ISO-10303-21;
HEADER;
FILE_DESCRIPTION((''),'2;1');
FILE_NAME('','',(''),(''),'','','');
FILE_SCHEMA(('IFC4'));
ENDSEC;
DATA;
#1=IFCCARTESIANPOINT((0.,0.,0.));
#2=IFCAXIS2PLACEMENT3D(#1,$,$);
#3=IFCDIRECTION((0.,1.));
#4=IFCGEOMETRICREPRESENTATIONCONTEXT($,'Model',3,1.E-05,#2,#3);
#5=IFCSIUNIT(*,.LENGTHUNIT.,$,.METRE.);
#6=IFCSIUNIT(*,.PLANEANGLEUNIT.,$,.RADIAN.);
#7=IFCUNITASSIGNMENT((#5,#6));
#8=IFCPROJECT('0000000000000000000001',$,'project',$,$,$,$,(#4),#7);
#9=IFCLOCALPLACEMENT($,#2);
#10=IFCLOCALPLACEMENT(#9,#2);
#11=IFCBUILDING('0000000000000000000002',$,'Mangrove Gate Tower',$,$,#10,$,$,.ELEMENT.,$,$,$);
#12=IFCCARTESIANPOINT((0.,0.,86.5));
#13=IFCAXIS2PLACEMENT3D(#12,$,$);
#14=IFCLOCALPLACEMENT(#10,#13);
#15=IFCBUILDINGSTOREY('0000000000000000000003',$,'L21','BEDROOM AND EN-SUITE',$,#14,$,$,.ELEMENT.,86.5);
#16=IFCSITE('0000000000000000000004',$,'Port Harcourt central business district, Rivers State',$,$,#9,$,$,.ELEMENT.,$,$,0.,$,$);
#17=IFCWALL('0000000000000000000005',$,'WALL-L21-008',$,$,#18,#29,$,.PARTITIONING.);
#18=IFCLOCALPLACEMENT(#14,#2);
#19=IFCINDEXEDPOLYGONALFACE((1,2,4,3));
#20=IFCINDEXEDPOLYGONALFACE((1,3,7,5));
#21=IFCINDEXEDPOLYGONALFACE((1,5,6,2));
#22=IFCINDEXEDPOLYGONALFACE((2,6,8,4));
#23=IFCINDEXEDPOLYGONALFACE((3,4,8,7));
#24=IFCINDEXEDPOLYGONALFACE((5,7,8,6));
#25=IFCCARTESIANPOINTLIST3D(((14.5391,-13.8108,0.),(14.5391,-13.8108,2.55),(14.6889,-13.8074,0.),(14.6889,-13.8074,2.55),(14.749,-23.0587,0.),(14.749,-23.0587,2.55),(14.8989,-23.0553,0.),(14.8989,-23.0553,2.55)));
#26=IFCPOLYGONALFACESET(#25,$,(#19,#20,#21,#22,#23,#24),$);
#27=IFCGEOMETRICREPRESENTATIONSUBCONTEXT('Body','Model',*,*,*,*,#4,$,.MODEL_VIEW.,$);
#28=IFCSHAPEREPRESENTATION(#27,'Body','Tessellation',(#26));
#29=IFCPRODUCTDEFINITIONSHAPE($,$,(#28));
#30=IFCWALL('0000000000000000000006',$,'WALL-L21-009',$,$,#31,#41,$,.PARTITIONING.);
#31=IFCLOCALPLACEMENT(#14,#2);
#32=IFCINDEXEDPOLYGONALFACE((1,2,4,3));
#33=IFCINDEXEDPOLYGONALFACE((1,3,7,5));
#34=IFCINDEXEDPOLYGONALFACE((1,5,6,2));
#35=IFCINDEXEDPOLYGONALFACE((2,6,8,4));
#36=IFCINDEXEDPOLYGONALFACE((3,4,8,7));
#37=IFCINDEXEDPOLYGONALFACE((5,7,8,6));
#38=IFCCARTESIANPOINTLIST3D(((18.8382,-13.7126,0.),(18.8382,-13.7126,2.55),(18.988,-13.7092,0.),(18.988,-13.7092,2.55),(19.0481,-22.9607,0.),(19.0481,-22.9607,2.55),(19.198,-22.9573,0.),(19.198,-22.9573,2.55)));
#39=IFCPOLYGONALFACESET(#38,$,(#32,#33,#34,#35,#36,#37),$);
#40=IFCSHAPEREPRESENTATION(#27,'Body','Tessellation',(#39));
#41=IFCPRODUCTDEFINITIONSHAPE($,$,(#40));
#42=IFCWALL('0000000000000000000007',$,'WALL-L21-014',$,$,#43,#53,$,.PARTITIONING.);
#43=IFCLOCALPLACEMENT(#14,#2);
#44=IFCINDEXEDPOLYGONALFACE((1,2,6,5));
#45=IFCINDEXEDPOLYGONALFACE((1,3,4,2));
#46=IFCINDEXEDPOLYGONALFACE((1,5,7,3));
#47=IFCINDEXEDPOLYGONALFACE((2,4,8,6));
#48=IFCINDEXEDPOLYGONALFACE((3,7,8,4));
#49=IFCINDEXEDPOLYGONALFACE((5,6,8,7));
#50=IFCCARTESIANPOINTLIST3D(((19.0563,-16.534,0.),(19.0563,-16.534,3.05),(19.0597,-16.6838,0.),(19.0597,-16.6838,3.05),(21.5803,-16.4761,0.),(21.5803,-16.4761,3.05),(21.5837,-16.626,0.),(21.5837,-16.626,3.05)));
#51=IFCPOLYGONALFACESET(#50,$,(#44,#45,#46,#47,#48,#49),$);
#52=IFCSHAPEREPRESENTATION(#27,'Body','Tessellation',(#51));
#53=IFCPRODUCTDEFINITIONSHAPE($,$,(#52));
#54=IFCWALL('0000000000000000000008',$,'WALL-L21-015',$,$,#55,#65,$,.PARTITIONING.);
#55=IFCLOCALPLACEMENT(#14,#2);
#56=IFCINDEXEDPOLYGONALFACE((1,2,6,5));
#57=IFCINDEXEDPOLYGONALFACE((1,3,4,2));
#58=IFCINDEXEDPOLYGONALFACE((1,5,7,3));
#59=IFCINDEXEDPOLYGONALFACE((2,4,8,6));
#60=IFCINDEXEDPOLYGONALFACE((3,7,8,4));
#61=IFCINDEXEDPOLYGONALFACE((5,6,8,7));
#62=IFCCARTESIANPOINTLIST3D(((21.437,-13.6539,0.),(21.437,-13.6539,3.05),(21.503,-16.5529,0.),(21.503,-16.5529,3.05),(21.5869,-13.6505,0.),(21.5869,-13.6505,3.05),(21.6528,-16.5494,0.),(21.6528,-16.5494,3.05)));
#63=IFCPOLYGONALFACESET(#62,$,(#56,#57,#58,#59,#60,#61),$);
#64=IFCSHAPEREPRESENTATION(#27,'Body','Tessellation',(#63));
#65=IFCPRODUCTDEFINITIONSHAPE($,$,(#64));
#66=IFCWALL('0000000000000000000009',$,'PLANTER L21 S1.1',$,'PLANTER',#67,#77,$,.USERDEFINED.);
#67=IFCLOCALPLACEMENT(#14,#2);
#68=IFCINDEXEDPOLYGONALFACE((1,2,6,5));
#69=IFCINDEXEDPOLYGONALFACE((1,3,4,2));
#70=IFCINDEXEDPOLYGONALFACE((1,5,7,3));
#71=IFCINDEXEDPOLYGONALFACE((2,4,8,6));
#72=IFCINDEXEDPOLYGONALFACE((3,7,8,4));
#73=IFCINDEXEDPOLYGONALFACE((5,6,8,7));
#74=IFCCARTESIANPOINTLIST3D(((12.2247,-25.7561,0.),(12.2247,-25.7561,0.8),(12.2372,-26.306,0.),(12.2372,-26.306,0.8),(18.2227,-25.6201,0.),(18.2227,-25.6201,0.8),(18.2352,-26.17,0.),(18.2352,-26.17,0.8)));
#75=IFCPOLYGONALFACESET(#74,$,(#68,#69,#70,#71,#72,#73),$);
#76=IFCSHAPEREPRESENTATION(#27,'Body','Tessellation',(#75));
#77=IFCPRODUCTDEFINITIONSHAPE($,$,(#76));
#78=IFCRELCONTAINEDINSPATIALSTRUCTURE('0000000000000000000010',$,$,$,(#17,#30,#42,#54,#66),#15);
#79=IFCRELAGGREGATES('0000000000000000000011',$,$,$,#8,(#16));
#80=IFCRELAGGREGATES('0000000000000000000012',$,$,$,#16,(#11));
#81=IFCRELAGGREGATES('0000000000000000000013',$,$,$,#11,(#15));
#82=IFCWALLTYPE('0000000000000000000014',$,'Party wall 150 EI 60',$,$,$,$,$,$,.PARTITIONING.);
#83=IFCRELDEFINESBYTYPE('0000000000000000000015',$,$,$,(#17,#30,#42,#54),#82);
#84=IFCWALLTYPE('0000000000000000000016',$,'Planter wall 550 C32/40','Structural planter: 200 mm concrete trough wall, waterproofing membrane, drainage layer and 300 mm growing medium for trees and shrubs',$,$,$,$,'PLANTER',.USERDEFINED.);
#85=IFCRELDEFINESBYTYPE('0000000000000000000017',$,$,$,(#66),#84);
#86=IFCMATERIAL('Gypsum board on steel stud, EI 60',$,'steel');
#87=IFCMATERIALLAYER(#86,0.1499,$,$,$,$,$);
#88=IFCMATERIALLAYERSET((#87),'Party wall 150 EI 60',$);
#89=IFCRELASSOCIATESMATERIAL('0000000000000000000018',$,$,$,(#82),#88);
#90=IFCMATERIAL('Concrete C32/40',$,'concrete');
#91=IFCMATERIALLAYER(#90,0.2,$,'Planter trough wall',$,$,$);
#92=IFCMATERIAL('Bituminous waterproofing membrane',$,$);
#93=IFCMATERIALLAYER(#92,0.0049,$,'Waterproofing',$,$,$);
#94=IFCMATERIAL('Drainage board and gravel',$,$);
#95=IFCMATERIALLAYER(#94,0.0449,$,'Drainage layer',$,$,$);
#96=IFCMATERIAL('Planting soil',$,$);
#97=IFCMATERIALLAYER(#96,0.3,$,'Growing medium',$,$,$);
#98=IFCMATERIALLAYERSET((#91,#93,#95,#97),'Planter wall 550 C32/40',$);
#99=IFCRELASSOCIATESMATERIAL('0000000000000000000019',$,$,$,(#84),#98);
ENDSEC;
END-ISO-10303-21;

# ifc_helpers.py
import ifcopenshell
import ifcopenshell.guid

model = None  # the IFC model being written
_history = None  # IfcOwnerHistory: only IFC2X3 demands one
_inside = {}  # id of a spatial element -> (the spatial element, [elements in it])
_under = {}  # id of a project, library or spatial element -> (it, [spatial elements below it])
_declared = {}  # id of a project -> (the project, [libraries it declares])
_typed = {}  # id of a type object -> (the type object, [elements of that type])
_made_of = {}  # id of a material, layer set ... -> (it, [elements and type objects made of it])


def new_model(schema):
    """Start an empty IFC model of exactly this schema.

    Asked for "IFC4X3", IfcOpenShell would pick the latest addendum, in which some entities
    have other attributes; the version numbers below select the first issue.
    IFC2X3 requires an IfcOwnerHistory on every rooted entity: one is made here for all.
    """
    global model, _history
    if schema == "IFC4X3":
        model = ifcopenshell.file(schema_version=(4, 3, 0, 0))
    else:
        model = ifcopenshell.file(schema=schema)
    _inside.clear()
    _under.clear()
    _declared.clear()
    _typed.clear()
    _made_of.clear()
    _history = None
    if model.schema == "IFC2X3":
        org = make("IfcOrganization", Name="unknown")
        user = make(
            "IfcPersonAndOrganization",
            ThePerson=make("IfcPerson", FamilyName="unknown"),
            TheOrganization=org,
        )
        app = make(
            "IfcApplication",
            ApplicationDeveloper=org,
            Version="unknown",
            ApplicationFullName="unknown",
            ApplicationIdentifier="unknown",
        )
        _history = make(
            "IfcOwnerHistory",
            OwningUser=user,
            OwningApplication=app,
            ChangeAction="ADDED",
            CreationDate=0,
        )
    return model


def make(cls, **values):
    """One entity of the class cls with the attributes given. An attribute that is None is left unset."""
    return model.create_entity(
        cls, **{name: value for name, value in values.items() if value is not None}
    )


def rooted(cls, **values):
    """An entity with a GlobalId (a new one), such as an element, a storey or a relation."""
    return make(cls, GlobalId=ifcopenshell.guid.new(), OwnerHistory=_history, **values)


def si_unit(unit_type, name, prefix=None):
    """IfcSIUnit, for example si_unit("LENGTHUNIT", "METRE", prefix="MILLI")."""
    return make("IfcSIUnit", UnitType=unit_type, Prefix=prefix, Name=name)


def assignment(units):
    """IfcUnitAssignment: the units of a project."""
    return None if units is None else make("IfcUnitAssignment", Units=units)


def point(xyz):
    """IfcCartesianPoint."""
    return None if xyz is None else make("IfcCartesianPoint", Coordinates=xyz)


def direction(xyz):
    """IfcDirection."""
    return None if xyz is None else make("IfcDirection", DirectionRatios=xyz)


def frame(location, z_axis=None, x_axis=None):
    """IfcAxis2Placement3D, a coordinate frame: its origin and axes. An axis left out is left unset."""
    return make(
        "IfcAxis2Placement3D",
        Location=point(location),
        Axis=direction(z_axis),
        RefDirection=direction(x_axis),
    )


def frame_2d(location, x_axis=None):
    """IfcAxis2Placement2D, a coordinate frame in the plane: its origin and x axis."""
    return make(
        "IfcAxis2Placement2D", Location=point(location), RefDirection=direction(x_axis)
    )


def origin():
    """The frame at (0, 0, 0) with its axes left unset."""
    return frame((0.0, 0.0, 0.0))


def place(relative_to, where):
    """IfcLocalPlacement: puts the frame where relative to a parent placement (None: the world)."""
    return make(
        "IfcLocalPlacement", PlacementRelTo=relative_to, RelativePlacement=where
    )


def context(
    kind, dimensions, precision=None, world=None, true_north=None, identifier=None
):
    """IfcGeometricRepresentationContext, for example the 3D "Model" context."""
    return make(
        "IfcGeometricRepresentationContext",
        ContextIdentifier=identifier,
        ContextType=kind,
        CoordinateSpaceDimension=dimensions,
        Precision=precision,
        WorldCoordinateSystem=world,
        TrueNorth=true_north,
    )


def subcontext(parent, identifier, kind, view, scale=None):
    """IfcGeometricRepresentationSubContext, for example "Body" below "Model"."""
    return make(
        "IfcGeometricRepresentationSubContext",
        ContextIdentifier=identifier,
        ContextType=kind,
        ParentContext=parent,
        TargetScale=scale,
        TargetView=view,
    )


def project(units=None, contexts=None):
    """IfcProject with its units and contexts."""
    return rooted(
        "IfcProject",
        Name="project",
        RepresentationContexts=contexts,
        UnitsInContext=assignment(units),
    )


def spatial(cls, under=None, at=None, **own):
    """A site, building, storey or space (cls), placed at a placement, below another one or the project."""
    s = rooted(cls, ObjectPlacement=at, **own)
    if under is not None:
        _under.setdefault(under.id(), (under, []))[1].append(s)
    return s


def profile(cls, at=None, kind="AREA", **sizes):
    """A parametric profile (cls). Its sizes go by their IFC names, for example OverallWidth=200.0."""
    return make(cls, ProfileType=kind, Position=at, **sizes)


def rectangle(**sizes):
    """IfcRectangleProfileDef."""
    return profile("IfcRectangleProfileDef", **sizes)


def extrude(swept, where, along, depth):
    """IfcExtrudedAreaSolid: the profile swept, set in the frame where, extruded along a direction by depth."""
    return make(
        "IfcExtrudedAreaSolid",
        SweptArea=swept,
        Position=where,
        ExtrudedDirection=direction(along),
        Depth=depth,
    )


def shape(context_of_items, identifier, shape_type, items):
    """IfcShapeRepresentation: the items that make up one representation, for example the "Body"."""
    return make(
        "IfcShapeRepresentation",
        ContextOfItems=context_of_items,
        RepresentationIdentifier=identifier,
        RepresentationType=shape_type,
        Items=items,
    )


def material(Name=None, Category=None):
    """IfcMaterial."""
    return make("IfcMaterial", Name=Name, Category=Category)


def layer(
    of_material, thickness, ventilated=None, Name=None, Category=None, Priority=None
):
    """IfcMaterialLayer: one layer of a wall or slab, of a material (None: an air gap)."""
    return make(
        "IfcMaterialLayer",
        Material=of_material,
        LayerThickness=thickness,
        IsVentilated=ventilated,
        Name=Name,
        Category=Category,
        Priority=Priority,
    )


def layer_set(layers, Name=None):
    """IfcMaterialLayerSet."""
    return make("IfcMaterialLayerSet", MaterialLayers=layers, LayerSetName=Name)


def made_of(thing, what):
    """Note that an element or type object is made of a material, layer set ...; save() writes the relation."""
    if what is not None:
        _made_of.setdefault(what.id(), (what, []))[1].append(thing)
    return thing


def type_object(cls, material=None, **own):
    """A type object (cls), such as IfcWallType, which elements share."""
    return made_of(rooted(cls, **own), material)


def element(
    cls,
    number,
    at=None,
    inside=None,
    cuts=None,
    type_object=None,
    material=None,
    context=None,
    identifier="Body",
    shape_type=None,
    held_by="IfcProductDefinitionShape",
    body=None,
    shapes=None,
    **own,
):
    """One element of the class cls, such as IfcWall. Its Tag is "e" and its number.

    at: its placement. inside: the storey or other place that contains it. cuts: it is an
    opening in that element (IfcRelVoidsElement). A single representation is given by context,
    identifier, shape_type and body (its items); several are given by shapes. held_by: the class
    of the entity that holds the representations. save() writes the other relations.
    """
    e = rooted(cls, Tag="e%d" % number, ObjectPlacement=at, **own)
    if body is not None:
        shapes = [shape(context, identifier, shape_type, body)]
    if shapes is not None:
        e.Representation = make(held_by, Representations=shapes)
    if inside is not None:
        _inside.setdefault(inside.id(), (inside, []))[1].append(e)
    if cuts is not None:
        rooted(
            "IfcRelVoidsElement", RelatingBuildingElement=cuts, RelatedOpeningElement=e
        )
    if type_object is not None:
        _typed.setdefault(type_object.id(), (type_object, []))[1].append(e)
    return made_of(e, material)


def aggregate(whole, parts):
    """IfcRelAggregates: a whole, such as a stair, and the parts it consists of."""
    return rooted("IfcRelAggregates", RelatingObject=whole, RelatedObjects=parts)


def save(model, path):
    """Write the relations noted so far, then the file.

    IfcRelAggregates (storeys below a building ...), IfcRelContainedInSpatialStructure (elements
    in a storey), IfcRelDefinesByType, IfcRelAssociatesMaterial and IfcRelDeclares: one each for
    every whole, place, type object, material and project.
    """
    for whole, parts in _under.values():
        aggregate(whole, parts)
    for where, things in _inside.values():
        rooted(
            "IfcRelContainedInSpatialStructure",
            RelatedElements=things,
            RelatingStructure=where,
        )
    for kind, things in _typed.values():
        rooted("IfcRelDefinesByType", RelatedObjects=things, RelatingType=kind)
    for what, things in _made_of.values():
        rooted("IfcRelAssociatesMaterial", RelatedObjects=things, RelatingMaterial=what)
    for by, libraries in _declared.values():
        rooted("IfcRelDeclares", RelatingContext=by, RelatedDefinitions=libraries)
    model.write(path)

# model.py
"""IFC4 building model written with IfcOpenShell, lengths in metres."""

from ifc_helpers import new_model, si_unit, direction, frame, frame_2d, origin, place, context, subcontext, project, spatial, rectangle, extrude, material, layer, layer_set, type_object, element, save


model = new_model("IFC4")

# Units and contexts
model_context = context("Model", 3, precision=1e-05, world=origin(), true_north=direction((0.0, 1.0)))
body_context = subcontext(model_context, "Body", "Model", "MODEL_VIEW")
ifc_project = project(units=[si_unit("LENGTHUNIT", "METRE"), si_unit("PLANEANGLEUNIT", "RADIAN")], contexts=[model_context])

# Site, building, storey
site_placement = place(None, origin())
site = spatial("IfcSite", under=ifc_project, at=site_placement, Name="Port Harcourt central business district, Rivers State", CompositionType="ELEMENT", RefElevation=0.0)
building_placement = place(site_placement, origin())
building = spatial("IfcBuilding", under=site, at=building_placement, Name="Mangrove Gate Tower", CompositionType="ELEMENT")
storey_placement = place(building_placement, frame((0.0, 0.0, 86.5)))
storey = spatial("IfcBuildingStorey", under=building, at=storey_placement, Name="L21", Description="BEDROOM AND EN-SUITE", CompositionType="ELEMENT", Elevation=86.5)

# Walls
ifc_material_1 = material(Name="Gypsum board on steel stud, EI 60", Category="steel")
ifc_layer_1 = layer(ifc_material_1, 0.1499)
ifc_layer_set_1 = layer_set([ifc_layer_1], Name="Party wall 150 EI 60")
wall_type_1 = type_object("IfcWallType", Name="Party wall 150 EI 60", PredefinedType="PARTITIONING", material=ifc_layer_set_1)
wall_1_placement = place(storey_placement, frame((14.824, -23.0569, 0.0), z_axis=(0.0, 0.0, 1.0), x_axis=(-0.022698, 0.999742, 0.0)))
element("IfcWall", 1, at=wall_1_placement, inside=storey, type_object=wall_type_1, Name="WALL-L21-008", PredefinedType="PARTITIONING", context=body_context, shape_type="SweptSolid", body=[
    extrude(rectangle(XDim=9.2502, YDim=0.1499, at=frame_2d((4.625, 0.0))), origin(), (0.0, 0.0, 1.0), 2.55),
])
wall_2_placement = place(storey_placement, frame((19.123, -22.959, 0.0), z_axis=(0.0, 0.0, 1.0), x_axis=(-0.022697, 0.999742, 0.0)))
element("IfcWall", 2, at=wall_2_placement, inside=storey, type_object=wall_type_1, Name="WALL-L21-009", PredefinedType="PARTITIONING", context=body_context, shape_type="SweptSolid", body=[
    extrude(rectangle(XDim=9.2505, YDim=0.1499, at=frame_2d((4.6252, 0.0))), origin(), (0.0, 0.0, 1.0), 2.55),
])
wall_3_placement = place(storey_placement, frame((19.0581, -16.6089, 0.0), z_axis=(0.0, 0.0, 1.0), x_axis=(0.999737, 0.022919, 0.0)))
element("IfcWall", 3, at=wall_3_placement, inside=storey, type_object=wall_type_1, Name="WALL-L21-014", PredefinedType="PARTITIONING", context=body_context, shape_type="SweptSolid", body=[
    extrude(rectangle(XDim=2.5247, YDim=0.1499, at=frame_2d((1.2622, 0.0))), origin(), (0.0, 0.0, 1.0), 3.05),
])
wall_4_placement = place(storey_placement, frame((21.5779, -16.551, 0.0), z_axis=(0.0, 0.0, 1.0), x_axis=(-0.022733, 0.999742, 0.0)))
element("IfcWall", 4, at=wall_4_placement, inside=storey, type_object=wall_type_1, Name="WALL-L21-015", PredefinedType="PARTITIONING", context=body_context, shape_type="SweptSolid", body=[
    extrude(rectangle(XDim=2.8997, YDim=0.1499, at=frame_2d((1.4497, 0.0))), origin(), (0.0, 0.0, 1.0), 3.05),
])
ifc_material_2 = material(Name="Concrete C32/40", Category="concrete")
ifc_layer_2 = layer(ifc_material_2, 0.2, Name="Planter trough wall")
ifc_material_3 = material(Name="Bituminous waterproofing membrane")
ifc_layer_3 = layer(ifc_material_3, 0.0049, Name="Waterproofing")
ifc_material_4 = material(Name="Drainage board and gravel")
ifc_layer_4 = layer(ifc_material_4, 0.0449, Name="Drainage layer")
ifc_material_5 = material(Name="Planting soil")
ifc_layer_5 = layer(ifc_material_5, 0.3, Name="Growing medium")
ifc_layer_set_2 = layer_set([ifc_layer_2, ifc_layer_3, ifc_layer_4, ifc_layer_5], Name="Planter wall 550 C32/40")
wall_type_2 = type_object("IfcWallType", Name="Planter wall 550 C32/40", Description="Structural planter: 200 mm concrete trough wall, waterproofing membrane, drainage layer and 300 mm growing medium for trees and shrubs", ElementType="PLANTER", PredefinedType="USERDEFINED", material=ifc_layer_set_2)
wall_5_placement = place(storey_placement, frame((12.231, -26.031, 0.0), z_axis=(0.0, 0.0, 1.0), x_axis=(0.999743, 0.022666, 0.0)))
element("IfcWall", 5, at=wall_5_placement, inside=storey, type_object=wall_type_2, Name="PLANTER L21 S1.1", ObjectType="PLANTER", PredefinedType="USERDEFINED", context=body_context, shape_type="SweptSolid", body=[
    extrude(rectangle(XDim=5.9995, YDim=0.55, at=frame_2d((2.9998, 0.0))), origin(), (0.0, 0.0, 1.0), 0.8),
])

save(model, "model.ifc")
